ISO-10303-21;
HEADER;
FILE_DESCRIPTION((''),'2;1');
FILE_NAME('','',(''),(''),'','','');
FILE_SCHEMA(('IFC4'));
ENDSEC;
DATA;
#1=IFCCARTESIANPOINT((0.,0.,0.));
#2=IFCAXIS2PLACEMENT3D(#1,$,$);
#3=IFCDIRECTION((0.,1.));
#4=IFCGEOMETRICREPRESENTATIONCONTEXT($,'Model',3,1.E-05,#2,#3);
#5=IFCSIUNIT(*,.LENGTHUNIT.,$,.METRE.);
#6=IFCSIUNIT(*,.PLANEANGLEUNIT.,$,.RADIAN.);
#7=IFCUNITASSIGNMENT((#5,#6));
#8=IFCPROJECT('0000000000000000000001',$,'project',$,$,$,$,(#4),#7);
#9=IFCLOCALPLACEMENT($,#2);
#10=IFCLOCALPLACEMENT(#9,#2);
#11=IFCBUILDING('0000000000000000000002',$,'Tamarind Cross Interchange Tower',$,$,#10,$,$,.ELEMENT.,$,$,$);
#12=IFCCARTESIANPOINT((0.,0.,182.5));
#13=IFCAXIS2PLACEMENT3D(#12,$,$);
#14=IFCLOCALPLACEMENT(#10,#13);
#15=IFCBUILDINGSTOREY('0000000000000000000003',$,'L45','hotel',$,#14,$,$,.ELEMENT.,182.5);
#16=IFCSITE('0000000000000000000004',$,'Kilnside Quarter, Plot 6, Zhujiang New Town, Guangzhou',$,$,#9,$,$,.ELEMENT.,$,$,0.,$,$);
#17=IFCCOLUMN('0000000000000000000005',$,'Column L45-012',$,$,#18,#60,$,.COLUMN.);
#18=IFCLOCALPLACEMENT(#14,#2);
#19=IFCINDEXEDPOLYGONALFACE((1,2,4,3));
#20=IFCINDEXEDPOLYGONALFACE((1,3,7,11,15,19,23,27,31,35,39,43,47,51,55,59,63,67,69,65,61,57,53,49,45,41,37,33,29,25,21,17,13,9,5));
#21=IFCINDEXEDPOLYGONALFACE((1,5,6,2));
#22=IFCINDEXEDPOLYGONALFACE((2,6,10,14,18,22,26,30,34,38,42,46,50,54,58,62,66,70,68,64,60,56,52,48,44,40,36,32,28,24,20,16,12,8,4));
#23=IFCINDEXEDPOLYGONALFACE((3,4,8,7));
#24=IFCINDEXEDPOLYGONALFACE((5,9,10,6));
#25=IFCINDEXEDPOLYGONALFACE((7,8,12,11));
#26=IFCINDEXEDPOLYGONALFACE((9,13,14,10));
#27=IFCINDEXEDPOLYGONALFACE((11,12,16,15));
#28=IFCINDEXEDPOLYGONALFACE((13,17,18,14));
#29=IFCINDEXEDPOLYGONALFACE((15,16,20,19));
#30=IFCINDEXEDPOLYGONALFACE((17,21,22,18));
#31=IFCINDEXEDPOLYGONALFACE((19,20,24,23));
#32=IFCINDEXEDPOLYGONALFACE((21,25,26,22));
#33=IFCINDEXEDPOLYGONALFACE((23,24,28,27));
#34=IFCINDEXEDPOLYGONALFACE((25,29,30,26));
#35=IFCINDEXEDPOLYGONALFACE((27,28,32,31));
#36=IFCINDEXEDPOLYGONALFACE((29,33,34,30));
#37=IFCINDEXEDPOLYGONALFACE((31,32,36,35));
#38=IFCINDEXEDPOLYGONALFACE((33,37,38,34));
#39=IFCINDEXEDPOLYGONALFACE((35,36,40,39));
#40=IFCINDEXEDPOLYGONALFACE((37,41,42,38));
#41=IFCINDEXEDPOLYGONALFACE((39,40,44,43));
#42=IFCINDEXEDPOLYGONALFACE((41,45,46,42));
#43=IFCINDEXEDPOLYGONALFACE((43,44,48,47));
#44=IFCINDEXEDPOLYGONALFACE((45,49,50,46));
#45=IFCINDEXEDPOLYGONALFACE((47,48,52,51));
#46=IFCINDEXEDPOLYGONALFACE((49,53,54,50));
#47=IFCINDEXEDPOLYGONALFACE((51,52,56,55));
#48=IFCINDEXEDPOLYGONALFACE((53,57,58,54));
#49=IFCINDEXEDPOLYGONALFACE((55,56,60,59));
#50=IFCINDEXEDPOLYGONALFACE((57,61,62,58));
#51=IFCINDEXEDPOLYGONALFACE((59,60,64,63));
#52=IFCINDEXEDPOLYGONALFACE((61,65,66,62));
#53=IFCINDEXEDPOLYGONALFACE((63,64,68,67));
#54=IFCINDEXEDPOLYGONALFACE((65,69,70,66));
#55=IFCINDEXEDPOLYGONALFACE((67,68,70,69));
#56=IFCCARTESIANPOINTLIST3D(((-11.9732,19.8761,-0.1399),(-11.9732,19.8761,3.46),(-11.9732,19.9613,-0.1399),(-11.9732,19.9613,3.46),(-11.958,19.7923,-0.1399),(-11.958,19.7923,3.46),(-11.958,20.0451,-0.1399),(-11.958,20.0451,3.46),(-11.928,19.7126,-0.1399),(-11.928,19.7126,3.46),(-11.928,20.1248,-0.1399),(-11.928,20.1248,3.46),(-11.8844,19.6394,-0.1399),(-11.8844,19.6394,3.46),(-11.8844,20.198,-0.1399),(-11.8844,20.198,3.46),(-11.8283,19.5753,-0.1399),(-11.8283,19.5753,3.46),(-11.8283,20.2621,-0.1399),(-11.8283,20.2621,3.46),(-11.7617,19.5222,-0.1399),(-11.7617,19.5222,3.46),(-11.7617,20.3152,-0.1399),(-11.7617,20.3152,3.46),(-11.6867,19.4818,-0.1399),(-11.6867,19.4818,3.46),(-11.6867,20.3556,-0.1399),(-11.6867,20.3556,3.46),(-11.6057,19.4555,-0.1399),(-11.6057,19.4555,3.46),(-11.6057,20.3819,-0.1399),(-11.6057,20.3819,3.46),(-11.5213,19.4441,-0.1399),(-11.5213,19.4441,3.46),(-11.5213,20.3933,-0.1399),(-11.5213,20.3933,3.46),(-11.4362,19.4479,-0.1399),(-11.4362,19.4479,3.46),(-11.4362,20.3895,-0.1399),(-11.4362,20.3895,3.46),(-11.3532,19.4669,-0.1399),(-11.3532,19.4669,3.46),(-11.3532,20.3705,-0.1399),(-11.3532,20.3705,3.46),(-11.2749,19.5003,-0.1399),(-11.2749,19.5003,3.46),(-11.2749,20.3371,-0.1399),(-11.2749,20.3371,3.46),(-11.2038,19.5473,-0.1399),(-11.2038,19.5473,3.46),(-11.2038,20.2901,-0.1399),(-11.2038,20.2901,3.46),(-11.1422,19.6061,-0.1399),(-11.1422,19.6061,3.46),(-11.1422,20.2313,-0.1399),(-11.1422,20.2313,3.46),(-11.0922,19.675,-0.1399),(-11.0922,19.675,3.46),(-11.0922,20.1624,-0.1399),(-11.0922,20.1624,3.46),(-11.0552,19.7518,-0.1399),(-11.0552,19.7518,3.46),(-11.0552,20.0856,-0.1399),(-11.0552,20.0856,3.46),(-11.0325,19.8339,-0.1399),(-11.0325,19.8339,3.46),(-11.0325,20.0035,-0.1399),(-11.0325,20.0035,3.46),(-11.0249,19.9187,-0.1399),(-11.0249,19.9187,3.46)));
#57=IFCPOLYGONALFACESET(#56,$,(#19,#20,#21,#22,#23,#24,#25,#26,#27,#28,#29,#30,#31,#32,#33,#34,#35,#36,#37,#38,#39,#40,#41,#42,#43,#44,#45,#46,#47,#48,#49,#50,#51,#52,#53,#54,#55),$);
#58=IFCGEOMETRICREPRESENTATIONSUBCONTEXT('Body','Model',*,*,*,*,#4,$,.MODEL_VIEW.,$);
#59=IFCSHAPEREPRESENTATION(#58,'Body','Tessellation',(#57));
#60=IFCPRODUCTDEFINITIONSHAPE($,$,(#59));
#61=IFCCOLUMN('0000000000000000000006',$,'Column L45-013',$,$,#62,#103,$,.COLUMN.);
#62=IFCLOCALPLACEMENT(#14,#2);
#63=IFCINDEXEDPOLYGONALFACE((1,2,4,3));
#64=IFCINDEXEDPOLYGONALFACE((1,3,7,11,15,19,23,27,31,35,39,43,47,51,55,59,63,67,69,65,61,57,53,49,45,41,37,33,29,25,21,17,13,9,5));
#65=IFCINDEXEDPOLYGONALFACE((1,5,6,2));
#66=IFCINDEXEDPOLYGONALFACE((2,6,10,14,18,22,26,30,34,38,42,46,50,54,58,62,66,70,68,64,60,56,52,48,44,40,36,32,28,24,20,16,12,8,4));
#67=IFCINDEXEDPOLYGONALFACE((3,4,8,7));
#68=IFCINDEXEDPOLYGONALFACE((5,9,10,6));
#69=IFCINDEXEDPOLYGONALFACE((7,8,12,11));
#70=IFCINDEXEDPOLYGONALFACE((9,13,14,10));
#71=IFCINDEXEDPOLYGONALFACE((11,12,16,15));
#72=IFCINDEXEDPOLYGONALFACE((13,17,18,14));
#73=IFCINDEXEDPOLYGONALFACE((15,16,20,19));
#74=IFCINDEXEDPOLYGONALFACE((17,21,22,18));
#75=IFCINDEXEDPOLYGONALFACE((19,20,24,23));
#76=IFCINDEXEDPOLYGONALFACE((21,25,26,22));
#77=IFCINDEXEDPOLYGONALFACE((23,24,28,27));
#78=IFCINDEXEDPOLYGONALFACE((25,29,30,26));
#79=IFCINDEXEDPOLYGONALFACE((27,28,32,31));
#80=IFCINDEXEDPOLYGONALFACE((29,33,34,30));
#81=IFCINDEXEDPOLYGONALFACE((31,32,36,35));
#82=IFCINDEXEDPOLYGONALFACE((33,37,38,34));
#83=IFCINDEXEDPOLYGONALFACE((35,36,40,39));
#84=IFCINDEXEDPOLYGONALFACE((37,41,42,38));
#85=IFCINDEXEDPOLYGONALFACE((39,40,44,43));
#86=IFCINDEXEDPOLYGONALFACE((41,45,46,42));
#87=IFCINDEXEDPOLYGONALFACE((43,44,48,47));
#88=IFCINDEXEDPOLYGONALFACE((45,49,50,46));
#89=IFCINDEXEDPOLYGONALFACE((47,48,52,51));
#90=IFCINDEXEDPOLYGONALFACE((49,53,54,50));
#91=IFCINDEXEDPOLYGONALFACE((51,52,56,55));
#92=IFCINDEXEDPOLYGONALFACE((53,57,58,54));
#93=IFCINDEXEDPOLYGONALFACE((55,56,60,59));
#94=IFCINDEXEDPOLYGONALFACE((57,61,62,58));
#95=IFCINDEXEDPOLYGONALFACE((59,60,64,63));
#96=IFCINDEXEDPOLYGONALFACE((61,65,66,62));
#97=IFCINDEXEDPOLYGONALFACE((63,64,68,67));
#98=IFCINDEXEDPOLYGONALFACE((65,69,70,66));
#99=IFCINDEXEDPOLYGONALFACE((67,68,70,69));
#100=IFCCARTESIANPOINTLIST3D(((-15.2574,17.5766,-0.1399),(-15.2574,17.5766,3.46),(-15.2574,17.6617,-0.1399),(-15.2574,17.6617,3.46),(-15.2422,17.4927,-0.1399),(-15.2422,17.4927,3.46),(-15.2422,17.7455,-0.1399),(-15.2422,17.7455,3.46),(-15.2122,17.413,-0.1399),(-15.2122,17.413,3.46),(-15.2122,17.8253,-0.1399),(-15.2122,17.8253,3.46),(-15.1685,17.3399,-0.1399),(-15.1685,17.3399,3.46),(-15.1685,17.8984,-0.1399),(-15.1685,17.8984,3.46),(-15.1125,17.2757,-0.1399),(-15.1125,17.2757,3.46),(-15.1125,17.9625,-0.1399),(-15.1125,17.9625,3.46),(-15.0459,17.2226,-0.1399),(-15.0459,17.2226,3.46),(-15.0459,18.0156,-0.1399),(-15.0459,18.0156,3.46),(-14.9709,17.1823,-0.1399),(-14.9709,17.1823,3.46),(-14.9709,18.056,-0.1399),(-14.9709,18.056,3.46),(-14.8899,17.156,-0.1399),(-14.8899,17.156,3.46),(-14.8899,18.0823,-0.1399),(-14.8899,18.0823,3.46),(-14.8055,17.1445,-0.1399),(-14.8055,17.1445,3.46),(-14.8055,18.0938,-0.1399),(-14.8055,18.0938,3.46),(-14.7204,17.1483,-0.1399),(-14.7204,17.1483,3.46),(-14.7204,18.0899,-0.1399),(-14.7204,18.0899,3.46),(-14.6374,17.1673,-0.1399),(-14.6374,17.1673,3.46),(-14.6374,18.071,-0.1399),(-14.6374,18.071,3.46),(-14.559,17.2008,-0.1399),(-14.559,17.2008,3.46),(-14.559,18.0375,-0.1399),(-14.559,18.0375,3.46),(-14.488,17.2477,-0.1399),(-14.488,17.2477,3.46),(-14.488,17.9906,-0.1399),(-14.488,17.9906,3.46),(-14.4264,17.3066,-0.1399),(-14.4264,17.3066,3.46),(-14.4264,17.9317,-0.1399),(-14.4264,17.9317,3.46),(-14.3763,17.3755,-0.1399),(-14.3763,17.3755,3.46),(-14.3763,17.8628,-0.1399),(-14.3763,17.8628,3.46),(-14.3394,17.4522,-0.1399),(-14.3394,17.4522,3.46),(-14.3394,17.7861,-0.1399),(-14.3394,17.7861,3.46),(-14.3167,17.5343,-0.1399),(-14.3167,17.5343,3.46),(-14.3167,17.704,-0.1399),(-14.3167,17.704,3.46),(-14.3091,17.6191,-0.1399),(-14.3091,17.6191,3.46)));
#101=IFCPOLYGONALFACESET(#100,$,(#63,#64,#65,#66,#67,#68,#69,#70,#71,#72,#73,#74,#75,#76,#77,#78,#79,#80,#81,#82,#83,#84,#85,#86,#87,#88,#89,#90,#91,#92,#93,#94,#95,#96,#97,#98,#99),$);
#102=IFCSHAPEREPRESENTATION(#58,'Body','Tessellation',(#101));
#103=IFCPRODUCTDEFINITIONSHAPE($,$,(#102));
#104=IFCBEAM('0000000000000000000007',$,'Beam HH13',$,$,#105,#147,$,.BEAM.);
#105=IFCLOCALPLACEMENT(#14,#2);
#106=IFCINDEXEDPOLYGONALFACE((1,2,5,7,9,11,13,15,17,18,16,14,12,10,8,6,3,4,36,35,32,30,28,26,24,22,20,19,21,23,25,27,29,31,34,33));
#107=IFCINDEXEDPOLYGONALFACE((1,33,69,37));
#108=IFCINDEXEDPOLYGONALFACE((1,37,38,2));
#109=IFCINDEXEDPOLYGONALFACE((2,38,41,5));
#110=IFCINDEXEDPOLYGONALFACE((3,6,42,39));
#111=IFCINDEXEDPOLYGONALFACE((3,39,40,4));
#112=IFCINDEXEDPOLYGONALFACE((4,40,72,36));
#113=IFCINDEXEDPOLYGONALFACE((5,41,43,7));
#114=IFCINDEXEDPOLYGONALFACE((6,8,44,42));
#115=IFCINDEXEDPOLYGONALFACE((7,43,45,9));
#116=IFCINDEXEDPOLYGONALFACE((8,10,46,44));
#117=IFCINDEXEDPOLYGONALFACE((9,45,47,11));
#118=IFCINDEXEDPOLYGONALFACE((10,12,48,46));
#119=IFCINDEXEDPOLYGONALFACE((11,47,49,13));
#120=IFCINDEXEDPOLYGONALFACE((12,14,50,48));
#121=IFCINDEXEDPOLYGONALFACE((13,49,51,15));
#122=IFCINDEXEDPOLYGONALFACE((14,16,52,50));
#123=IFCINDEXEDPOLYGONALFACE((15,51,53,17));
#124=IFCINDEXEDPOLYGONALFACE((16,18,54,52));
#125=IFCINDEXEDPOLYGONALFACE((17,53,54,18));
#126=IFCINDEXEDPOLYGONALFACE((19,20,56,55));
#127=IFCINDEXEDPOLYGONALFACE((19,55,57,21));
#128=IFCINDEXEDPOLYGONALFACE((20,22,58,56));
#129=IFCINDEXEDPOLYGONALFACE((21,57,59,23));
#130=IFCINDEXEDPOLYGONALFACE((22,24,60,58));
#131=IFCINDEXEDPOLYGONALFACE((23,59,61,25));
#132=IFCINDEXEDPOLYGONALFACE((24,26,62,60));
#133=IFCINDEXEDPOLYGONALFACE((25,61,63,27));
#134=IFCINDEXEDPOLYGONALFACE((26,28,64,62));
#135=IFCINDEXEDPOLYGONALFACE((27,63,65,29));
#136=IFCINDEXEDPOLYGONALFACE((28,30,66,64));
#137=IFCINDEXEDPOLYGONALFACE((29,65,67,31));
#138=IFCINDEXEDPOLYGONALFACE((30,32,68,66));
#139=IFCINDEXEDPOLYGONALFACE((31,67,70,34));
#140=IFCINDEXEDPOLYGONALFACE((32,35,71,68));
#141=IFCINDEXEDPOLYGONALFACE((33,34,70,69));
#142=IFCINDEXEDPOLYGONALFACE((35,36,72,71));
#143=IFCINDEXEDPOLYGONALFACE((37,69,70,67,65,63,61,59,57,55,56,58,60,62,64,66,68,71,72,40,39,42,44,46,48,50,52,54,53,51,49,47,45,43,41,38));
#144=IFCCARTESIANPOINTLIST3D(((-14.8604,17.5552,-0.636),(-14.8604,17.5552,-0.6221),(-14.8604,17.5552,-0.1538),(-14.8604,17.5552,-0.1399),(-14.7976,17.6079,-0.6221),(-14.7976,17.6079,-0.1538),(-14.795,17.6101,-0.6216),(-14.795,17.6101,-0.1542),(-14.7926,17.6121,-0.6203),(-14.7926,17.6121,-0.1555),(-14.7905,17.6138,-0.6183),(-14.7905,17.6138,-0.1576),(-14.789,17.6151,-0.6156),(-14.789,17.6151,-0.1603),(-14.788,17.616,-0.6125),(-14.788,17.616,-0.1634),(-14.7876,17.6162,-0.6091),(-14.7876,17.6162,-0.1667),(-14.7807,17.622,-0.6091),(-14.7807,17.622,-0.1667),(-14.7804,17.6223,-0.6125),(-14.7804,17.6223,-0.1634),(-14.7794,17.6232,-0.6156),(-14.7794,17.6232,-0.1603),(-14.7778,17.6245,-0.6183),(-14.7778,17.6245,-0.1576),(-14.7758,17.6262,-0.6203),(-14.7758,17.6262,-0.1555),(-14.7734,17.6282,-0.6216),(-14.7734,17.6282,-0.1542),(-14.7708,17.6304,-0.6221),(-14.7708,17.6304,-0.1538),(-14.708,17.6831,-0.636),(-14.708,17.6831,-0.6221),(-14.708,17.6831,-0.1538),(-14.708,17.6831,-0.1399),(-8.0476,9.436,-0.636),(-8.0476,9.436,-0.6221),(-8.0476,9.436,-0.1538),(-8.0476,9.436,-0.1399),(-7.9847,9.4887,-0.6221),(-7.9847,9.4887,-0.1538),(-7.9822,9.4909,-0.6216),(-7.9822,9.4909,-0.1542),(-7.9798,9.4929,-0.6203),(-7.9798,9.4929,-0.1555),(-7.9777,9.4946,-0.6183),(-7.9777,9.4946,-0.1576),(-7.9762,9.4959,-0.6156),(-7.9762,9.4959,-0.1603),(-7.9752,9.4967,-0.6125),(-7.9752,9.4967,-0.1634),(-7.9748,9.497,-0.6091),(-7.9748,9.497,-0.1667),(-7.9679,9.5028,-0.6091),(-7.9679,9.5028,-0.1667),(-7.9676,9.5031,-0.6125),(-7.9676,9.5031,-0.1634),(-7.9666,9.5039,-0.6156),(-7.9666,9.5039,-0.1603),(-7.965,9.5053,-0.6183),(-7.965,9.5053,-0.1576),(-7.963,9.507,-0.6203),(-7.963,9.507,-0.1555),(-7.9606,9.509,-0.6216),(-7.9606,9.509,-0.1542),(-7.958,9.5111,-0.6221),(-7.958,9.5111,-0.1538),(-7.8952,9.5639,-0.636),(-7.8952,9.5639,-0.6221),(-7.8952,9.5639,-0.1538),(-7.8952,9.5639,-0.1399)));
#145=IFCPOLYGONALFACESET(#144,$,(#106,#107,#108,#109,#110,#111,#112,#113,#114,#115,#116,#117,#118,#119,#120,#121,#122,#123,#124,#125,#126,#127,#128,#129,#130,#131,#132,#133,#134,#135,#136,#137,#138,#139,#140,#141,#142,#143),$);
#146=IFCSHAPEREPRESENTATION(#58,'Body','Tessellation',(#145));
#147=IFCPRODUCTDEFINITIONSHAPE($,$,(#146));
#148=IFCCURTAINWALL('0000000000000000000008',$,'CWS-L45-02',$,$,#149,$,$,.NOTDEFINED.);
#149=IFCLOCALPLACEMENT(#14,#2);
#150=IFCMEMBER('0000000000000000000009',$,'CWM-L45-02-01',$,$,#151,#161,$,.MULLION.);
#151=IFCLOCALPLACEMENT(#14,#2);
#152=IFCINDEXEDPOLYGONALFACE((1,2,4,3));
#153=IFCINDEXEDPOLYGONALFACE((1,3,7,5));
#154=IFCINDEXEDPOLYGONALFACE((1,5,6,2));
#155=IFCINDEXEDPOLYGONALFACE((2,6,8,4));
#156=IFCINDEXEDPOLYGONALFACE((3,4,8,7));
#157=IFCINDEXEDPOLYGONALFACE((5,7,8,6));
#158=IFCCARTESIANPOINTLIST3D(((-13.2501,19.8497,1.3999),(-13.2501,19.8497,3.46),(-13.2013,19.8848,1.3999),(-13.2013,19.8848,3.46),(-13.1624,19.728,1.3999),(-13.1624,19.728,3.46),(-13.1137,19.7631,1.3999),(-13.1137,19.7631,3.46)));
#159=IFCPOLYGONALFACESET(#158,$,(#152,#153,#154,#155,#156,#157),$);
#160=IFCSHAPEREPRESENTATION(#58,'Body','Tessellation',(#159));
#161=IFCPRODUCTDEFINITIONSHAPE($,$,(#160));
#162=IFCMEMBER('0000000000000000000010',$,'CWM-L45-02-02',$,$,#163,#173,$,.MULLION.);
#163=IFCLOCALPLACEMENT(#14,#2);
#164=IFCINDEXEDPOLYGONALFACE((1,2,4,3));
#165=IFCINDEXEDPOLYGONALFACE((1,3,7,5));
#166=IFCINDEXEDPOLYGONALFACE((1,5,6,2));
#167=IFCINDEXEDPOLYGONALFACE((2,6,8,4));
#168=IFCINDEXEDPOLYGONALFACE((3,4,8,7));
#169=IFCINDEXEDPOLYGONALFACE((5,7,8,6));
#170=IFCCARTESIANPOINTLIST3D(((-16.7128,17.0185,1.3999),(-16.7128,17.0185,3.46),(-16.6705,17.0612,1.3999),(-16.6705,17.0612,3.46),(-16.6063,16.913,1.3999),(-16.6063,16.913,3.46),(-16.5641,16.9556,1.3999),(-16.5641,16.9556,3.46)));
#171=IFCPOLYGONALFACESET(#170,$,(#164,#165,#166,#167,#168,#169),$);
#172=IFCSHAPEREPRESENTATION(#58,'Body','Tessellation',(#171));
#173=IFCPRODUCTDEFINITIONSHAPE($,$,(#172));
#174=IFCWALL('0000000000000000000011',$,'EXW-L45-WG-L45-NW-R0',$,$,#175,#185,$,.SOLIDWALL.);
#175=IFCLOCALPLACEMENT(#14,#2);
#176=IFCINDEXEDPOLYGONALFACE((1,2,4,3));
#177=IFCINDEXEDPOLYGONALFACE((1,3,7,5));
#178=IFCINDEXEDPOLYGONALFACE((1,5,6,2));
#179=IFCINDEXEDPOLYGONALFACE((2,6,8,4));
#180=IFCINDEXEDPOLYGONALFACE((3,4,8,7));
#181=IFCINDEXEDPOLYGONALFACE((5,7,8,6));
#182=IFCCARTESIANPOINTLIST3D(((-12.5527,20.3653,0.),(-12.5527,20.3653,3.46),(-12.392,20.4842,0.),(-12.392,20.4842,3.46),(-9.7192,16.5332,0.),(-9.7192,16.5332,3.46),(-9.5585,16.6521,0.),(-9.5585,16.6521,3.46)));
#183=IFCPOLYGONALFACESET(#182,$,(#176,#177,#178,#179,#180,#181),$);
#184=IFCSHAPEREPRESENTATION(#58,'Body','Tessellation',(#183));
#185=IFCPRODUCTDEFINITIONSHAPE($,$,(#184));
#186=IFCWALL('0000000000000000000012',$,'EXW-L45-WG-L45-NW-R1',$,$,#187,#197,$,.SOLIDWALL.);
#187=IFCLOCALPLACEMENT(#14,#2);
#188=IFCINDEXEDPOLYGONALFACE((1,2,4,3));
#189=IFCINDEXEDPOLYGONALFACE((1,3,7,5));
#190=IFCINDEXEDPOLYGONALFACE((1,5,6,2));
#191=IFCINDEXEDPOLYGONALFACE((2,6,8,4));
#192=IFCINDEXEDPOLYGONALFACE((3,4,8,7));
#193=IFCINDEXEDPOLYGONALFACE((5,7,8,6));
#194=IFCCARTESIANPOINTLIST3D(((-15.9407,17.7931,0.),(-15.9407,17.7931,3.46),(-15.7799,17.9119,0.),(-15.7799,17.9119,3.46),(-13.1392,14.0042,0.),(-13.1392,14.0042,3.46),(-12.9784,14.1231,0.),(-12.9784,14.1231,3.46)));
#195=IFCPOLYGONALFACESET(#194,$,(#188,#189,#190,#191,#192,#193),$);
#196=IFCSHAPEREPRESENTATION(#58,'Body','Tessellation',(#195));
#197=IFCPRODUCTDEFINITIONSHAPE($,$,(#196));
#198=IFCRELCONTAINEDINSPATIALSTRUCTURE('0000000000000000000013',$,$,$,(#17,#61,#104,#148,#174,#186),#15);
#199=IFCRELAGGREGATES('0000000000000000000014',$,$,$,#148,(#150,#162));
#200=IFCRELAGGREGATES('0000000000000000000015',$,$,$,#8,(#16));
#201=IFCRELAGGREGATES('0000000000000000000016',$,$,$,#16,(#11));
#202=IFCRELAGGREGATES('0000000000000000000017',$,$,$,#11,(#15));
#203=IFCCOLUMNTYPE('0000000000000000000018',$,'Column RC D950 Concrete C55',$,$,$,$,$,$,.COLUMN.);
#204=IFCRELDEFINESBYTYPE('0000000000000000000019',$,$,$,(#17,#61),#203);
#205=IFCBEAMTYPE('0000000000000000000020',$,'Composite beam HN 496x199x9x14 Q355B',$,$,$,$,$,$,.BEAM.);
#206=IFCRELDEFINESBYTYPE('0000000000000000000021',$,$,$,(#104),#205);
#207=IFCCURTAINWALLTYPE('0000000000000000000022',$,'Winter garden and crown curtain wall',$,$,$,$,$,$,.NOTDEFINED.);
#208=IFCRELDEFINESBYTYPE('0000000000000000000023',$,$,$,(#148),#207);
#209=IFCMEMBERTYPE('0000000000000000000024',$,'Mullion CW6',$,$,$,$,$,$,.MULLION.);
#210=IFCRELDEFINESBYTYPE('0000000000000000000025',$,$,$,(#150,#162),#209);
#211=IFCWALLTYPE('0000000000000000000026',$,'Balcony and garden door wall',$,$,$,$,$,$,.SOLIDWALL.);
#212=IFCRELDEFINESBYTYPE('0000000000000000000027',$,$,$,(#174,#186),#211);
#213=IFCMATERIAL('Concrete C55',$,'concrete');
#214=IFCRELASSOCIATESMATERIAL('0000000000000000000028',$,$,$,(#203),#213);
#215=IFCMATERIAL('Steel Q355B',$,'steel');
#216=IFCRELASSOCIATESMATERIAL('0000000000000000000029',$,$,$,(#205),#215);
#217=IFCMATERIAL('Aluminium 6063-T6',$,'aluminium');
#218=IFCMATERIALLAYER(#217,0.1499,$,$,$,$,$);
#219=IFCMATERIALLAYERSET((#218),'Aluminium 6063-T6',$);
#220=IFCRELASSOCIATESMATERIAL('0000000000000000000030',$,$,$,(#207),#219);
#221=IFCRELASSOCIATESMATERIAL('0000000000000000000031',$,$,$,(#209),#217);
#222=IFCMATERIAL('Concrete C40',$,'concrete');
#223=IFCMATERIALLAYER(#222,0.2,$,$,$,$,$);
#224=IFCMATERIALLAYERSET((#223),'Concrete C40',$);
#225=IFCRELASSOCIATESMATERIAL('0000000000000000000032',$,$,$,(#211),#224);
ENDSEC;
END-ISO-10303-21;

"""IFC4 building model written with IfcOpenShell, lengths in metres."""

from ifc_helpers import new_model, si_unit, direction, frame, frame_2d, origin, origin_2d, place, context, subcontext, project, spatial, rectangle, circle, i_section, extrude, material, layer, layer_set, material_profile, profile_set, type_object, element, aggregate, save


model = new_model("IFC4")

# Units and contexts
model_context = context("Model", 3, precision=1e-05, world=origin(), true_north=direction((0.0, 1.0)))
body_context = subcontext(model_context, "Body", "Model", "MODEL_VIEW")
ifc_project = project(units=[si_unit("LENGTHUNIT", "METRE"), si_unit("PLANEANGLEUNIT", "RADIAN")], contexts=[model_context])

# Site, building, storey
site_placement = place(None, origin())
site = spatial("IfcSite", under=ifc_project, at=site_placement, Name="Kilnside Quarter, Plot 6, Zhujiang New Town, Guangzhou", CompositionType="ELEMENT", RefElevation=0.0)
building_placement = place(site_placement, origin())
building = spatial("IfcBuilding", under=site, at=building_placement, Name="Tamarind Cross Interchange Tower", CompositionType="ELEMENT")
storey_placement = place(building_placement, frame((0.0, 0.0, 182.5)))
storey = spatial("IfcBuildingStorey", under=building, at=storey_placement, Name="L45", Description="hotel", CompositionType="ELEMENT", Elevation=182.5)

# Columns
ifc_material_1 = material(Name="Concrete C55", Category="concrete")
ifc_material_profile_1 = material_profile(ifc_material_1, circle(Radius=0.4751, at=origin_2d()), Name="RC D950")
ifc_profile_set_1 = profile_set([ifc_material_profile_1], Name="Concrete C55")
column_type = type_object("IfcColumnType", Name="Column RC D950 Concrete C55", PredefinedType="COLUMN", material=ifc_profile_set_1)
for number, where, z_axis, x_axis, name in (
    (1, (-11.5, 19.9187, -0.1399), (0.0, 0.0, 1.0), (1.0, 0.0, 0.0), "Column L45-012"),
    (2, (-14.7842, 17.6191, -0.1399), (0.0, 0.0, 1.0), (1.0, 0.0, 0.0), "Column L45-013"),
):
    element("IfcColumn", number, at=place(storey_placement, frame(where, z_axis=z_axis, x_axis=x_axis)), inside=storey, type_object=column_type, Name=name, PredefinedType="COLUMN", context=body_context, shape_type="SweptSolid", body=[
        extrude(circle(Radius=0.4751, at=origin_2d()), origin(), (0.0, 0.0, 1.0), 3.5999),
    ])

# Beam
ifc_material_2 = material(Name="Steel Q355B", Category="steel")
ifc_material_profile_2 = material_profile(ifc_material_2, i_section(OverallWidth=0.199, OverallDepth=0.4961, WebThickness=0.009, FlangeThickness=0.0139, FilletRadius=0.0129, at=origin_2d()), Name="HN 496x199x9x14")
ifc_profile_set_2 = profile_set([ifc_material_profile_2], Name="Steel Q355B")
beam_type = type_object("IfcBeamType", Name="Composite beam HN 496x199x9x14 Q355B", PredefinedType="BEAM", material=ifc_profile_set_2)
beam_placement = place(storey_placement, frame((-14.7842, 17.6191, -0.3879), z_axis=(0.642786, -0.766046, 0.0), x_axis=(0.766046, 0.642786, 0.0)))
element("IfcBeam", 3, at=beam_placement, inside=storey, type_object=beam_type, Name="Beam HH13", PredefinedType="BEAM", context=body_context, shape_type="SweptSolid", body=[
    extrude(i_section(OverallWidth=0.199, OverallDepth=0.4961, WebThickness=0.009, FlangeThickness=0.0139, FilletRadius=0.0129, at=origin_2d()), origin(), (0.0, 0.0, 1.0), 10.5989),
])

# Curtain wall, members
ifc_material_3 = material(Name="Aluminium 6063-T6", Category="aluminium")
ifc_layer_1 = layer(ifc_material_3, 0.1499)
ifc_layer_set_1 = layer_set([ifc_layer_1], Name="Aluminium 6063-T6")
curtain_wall_type = type_object("IfcCurtainWallType", Name="Winter garden and crown curtain wall", PredefinedType="NOTDEFINED", material=ifc_layer_set_1)
curtain_wall_placement = place(storey_placement, origin())
curtain_wall = element("IfcCurtainWall", 4, at=curtain_wall_placement, inside=storey, type_object=curtain_wall_type, Name="CWS-L45-02", PredefinedType="NOTDEFINED")
ifc_material_profile_3 = material_profile(ifc_material_3, rectangle(XDim=0.0601, YDim=0.1499, at=origin_2d()), Name="Mullion CW6")
ifc_profile_set_3 = profile_set([ifc_material_profile_3], Name="Aluminium 6063-T6")
member_type = type_object("IfcMemberType", Name="Mullion CW6", PredefinedType="MULLION", material=ifc_profile_set_3)
member_1_placement = place(storey_placement, frame((-13.1819, 19.8064, 1.3999), z_axis=(0.0, 0.0, 1.0), x_axis=(-0.81134, -0.584574, 0.0)))
member_1 = element("IfcMember", 5, at=member_1_placement, type_object=member_type, Name="CWM-L45-02-01", PredefinedType="MULLION", context=body_context, shape_type="SweptSolid", body=[
    extrude(rectangle(XDim=0.0601, YDim=0.1499, at=origin_2d()), origin(), (0.0, 0.0, 1.0), 2.0601),
])
member_2_placement = place(storey_placement, frame((-16.6384, 16.9871, 1.3999), z_axis=(0.0, 0.0, 1.0), x_axis=(-0.704057, -0.710143, 0.0)))
member_2 = element("IfcMember", 6, at=member_2_placement, type_object=member_type, Name="CWM-L45-02-02", PredefinedType="MULLION", context=body_context, shape_type="SweptSolid", body=[
    extrude(rectangle(XDim=0.0601, YDim=0.1499, at=origin_2d()), origin(), (0.0, 0.0, 1.0), 2.0601),
])
aggregate(curtain_wall, [member_1, member_2])

# Shared definitions
ifc_material_4 = material(Name="Concrete C40", Category="concrete")
ifc_layer_2 = layer(ifc_material_4, 0.2)
ifc_layer_set_2 = layer_set([ifc_layer_2], Name="Concrete C40")
wall_type_1 = type_object("IfcWallType", Name="Balcony and garden door wall", PredefinedType="SOLIDWALL", material=ifc_layer_set_2)

# Walls
wall_1_placement = place(storey_placement, frame((-9.6389, 16.5928, 0.0), z_axis=(0.0, 0.0, 1.0), x_axis=(-0.594544, 0.804063, 0.0)))
element("IfcWall", 7, at=wall_1_placement, inside=storey, type_object=wall_type_1, Name="EXW-L45-WG-L45-NW-R0", PredefinedType="SOLIDWALL", context=body_context, shape_type="SweptSolid", body=[
    extrude(rectangle(XDim=4.7659, YDim=0.2, at=frame_2d((2.3828, 0.0))), origin(), (0.0, 0.0, 1.0), 3.46),
])
wall_2_placement = place(storey_placement, frame((-13.0588, 14.0637, 0.0), z_axis=(0.0, 0.0, 1.0), x_axis=(-0.59454, 0.804066, 0.0)))
element("IfcWall", 8, at=wall_2_placement, inside=storey, type_object=wall_type_1, Name="EXW-L45-WG-L45-NW-R1", PredefinedType="SOLIDWALL", context=body_context, shape_type="SweptSolid", body=[
    extrude(rectangle(XDim=4.7122, YDim=0.2, at=frame_2d((2.356, 0.0))), origin(), (0.0, 0.0, 1.0), 3.46),
])

save(model, "model.ifc")
